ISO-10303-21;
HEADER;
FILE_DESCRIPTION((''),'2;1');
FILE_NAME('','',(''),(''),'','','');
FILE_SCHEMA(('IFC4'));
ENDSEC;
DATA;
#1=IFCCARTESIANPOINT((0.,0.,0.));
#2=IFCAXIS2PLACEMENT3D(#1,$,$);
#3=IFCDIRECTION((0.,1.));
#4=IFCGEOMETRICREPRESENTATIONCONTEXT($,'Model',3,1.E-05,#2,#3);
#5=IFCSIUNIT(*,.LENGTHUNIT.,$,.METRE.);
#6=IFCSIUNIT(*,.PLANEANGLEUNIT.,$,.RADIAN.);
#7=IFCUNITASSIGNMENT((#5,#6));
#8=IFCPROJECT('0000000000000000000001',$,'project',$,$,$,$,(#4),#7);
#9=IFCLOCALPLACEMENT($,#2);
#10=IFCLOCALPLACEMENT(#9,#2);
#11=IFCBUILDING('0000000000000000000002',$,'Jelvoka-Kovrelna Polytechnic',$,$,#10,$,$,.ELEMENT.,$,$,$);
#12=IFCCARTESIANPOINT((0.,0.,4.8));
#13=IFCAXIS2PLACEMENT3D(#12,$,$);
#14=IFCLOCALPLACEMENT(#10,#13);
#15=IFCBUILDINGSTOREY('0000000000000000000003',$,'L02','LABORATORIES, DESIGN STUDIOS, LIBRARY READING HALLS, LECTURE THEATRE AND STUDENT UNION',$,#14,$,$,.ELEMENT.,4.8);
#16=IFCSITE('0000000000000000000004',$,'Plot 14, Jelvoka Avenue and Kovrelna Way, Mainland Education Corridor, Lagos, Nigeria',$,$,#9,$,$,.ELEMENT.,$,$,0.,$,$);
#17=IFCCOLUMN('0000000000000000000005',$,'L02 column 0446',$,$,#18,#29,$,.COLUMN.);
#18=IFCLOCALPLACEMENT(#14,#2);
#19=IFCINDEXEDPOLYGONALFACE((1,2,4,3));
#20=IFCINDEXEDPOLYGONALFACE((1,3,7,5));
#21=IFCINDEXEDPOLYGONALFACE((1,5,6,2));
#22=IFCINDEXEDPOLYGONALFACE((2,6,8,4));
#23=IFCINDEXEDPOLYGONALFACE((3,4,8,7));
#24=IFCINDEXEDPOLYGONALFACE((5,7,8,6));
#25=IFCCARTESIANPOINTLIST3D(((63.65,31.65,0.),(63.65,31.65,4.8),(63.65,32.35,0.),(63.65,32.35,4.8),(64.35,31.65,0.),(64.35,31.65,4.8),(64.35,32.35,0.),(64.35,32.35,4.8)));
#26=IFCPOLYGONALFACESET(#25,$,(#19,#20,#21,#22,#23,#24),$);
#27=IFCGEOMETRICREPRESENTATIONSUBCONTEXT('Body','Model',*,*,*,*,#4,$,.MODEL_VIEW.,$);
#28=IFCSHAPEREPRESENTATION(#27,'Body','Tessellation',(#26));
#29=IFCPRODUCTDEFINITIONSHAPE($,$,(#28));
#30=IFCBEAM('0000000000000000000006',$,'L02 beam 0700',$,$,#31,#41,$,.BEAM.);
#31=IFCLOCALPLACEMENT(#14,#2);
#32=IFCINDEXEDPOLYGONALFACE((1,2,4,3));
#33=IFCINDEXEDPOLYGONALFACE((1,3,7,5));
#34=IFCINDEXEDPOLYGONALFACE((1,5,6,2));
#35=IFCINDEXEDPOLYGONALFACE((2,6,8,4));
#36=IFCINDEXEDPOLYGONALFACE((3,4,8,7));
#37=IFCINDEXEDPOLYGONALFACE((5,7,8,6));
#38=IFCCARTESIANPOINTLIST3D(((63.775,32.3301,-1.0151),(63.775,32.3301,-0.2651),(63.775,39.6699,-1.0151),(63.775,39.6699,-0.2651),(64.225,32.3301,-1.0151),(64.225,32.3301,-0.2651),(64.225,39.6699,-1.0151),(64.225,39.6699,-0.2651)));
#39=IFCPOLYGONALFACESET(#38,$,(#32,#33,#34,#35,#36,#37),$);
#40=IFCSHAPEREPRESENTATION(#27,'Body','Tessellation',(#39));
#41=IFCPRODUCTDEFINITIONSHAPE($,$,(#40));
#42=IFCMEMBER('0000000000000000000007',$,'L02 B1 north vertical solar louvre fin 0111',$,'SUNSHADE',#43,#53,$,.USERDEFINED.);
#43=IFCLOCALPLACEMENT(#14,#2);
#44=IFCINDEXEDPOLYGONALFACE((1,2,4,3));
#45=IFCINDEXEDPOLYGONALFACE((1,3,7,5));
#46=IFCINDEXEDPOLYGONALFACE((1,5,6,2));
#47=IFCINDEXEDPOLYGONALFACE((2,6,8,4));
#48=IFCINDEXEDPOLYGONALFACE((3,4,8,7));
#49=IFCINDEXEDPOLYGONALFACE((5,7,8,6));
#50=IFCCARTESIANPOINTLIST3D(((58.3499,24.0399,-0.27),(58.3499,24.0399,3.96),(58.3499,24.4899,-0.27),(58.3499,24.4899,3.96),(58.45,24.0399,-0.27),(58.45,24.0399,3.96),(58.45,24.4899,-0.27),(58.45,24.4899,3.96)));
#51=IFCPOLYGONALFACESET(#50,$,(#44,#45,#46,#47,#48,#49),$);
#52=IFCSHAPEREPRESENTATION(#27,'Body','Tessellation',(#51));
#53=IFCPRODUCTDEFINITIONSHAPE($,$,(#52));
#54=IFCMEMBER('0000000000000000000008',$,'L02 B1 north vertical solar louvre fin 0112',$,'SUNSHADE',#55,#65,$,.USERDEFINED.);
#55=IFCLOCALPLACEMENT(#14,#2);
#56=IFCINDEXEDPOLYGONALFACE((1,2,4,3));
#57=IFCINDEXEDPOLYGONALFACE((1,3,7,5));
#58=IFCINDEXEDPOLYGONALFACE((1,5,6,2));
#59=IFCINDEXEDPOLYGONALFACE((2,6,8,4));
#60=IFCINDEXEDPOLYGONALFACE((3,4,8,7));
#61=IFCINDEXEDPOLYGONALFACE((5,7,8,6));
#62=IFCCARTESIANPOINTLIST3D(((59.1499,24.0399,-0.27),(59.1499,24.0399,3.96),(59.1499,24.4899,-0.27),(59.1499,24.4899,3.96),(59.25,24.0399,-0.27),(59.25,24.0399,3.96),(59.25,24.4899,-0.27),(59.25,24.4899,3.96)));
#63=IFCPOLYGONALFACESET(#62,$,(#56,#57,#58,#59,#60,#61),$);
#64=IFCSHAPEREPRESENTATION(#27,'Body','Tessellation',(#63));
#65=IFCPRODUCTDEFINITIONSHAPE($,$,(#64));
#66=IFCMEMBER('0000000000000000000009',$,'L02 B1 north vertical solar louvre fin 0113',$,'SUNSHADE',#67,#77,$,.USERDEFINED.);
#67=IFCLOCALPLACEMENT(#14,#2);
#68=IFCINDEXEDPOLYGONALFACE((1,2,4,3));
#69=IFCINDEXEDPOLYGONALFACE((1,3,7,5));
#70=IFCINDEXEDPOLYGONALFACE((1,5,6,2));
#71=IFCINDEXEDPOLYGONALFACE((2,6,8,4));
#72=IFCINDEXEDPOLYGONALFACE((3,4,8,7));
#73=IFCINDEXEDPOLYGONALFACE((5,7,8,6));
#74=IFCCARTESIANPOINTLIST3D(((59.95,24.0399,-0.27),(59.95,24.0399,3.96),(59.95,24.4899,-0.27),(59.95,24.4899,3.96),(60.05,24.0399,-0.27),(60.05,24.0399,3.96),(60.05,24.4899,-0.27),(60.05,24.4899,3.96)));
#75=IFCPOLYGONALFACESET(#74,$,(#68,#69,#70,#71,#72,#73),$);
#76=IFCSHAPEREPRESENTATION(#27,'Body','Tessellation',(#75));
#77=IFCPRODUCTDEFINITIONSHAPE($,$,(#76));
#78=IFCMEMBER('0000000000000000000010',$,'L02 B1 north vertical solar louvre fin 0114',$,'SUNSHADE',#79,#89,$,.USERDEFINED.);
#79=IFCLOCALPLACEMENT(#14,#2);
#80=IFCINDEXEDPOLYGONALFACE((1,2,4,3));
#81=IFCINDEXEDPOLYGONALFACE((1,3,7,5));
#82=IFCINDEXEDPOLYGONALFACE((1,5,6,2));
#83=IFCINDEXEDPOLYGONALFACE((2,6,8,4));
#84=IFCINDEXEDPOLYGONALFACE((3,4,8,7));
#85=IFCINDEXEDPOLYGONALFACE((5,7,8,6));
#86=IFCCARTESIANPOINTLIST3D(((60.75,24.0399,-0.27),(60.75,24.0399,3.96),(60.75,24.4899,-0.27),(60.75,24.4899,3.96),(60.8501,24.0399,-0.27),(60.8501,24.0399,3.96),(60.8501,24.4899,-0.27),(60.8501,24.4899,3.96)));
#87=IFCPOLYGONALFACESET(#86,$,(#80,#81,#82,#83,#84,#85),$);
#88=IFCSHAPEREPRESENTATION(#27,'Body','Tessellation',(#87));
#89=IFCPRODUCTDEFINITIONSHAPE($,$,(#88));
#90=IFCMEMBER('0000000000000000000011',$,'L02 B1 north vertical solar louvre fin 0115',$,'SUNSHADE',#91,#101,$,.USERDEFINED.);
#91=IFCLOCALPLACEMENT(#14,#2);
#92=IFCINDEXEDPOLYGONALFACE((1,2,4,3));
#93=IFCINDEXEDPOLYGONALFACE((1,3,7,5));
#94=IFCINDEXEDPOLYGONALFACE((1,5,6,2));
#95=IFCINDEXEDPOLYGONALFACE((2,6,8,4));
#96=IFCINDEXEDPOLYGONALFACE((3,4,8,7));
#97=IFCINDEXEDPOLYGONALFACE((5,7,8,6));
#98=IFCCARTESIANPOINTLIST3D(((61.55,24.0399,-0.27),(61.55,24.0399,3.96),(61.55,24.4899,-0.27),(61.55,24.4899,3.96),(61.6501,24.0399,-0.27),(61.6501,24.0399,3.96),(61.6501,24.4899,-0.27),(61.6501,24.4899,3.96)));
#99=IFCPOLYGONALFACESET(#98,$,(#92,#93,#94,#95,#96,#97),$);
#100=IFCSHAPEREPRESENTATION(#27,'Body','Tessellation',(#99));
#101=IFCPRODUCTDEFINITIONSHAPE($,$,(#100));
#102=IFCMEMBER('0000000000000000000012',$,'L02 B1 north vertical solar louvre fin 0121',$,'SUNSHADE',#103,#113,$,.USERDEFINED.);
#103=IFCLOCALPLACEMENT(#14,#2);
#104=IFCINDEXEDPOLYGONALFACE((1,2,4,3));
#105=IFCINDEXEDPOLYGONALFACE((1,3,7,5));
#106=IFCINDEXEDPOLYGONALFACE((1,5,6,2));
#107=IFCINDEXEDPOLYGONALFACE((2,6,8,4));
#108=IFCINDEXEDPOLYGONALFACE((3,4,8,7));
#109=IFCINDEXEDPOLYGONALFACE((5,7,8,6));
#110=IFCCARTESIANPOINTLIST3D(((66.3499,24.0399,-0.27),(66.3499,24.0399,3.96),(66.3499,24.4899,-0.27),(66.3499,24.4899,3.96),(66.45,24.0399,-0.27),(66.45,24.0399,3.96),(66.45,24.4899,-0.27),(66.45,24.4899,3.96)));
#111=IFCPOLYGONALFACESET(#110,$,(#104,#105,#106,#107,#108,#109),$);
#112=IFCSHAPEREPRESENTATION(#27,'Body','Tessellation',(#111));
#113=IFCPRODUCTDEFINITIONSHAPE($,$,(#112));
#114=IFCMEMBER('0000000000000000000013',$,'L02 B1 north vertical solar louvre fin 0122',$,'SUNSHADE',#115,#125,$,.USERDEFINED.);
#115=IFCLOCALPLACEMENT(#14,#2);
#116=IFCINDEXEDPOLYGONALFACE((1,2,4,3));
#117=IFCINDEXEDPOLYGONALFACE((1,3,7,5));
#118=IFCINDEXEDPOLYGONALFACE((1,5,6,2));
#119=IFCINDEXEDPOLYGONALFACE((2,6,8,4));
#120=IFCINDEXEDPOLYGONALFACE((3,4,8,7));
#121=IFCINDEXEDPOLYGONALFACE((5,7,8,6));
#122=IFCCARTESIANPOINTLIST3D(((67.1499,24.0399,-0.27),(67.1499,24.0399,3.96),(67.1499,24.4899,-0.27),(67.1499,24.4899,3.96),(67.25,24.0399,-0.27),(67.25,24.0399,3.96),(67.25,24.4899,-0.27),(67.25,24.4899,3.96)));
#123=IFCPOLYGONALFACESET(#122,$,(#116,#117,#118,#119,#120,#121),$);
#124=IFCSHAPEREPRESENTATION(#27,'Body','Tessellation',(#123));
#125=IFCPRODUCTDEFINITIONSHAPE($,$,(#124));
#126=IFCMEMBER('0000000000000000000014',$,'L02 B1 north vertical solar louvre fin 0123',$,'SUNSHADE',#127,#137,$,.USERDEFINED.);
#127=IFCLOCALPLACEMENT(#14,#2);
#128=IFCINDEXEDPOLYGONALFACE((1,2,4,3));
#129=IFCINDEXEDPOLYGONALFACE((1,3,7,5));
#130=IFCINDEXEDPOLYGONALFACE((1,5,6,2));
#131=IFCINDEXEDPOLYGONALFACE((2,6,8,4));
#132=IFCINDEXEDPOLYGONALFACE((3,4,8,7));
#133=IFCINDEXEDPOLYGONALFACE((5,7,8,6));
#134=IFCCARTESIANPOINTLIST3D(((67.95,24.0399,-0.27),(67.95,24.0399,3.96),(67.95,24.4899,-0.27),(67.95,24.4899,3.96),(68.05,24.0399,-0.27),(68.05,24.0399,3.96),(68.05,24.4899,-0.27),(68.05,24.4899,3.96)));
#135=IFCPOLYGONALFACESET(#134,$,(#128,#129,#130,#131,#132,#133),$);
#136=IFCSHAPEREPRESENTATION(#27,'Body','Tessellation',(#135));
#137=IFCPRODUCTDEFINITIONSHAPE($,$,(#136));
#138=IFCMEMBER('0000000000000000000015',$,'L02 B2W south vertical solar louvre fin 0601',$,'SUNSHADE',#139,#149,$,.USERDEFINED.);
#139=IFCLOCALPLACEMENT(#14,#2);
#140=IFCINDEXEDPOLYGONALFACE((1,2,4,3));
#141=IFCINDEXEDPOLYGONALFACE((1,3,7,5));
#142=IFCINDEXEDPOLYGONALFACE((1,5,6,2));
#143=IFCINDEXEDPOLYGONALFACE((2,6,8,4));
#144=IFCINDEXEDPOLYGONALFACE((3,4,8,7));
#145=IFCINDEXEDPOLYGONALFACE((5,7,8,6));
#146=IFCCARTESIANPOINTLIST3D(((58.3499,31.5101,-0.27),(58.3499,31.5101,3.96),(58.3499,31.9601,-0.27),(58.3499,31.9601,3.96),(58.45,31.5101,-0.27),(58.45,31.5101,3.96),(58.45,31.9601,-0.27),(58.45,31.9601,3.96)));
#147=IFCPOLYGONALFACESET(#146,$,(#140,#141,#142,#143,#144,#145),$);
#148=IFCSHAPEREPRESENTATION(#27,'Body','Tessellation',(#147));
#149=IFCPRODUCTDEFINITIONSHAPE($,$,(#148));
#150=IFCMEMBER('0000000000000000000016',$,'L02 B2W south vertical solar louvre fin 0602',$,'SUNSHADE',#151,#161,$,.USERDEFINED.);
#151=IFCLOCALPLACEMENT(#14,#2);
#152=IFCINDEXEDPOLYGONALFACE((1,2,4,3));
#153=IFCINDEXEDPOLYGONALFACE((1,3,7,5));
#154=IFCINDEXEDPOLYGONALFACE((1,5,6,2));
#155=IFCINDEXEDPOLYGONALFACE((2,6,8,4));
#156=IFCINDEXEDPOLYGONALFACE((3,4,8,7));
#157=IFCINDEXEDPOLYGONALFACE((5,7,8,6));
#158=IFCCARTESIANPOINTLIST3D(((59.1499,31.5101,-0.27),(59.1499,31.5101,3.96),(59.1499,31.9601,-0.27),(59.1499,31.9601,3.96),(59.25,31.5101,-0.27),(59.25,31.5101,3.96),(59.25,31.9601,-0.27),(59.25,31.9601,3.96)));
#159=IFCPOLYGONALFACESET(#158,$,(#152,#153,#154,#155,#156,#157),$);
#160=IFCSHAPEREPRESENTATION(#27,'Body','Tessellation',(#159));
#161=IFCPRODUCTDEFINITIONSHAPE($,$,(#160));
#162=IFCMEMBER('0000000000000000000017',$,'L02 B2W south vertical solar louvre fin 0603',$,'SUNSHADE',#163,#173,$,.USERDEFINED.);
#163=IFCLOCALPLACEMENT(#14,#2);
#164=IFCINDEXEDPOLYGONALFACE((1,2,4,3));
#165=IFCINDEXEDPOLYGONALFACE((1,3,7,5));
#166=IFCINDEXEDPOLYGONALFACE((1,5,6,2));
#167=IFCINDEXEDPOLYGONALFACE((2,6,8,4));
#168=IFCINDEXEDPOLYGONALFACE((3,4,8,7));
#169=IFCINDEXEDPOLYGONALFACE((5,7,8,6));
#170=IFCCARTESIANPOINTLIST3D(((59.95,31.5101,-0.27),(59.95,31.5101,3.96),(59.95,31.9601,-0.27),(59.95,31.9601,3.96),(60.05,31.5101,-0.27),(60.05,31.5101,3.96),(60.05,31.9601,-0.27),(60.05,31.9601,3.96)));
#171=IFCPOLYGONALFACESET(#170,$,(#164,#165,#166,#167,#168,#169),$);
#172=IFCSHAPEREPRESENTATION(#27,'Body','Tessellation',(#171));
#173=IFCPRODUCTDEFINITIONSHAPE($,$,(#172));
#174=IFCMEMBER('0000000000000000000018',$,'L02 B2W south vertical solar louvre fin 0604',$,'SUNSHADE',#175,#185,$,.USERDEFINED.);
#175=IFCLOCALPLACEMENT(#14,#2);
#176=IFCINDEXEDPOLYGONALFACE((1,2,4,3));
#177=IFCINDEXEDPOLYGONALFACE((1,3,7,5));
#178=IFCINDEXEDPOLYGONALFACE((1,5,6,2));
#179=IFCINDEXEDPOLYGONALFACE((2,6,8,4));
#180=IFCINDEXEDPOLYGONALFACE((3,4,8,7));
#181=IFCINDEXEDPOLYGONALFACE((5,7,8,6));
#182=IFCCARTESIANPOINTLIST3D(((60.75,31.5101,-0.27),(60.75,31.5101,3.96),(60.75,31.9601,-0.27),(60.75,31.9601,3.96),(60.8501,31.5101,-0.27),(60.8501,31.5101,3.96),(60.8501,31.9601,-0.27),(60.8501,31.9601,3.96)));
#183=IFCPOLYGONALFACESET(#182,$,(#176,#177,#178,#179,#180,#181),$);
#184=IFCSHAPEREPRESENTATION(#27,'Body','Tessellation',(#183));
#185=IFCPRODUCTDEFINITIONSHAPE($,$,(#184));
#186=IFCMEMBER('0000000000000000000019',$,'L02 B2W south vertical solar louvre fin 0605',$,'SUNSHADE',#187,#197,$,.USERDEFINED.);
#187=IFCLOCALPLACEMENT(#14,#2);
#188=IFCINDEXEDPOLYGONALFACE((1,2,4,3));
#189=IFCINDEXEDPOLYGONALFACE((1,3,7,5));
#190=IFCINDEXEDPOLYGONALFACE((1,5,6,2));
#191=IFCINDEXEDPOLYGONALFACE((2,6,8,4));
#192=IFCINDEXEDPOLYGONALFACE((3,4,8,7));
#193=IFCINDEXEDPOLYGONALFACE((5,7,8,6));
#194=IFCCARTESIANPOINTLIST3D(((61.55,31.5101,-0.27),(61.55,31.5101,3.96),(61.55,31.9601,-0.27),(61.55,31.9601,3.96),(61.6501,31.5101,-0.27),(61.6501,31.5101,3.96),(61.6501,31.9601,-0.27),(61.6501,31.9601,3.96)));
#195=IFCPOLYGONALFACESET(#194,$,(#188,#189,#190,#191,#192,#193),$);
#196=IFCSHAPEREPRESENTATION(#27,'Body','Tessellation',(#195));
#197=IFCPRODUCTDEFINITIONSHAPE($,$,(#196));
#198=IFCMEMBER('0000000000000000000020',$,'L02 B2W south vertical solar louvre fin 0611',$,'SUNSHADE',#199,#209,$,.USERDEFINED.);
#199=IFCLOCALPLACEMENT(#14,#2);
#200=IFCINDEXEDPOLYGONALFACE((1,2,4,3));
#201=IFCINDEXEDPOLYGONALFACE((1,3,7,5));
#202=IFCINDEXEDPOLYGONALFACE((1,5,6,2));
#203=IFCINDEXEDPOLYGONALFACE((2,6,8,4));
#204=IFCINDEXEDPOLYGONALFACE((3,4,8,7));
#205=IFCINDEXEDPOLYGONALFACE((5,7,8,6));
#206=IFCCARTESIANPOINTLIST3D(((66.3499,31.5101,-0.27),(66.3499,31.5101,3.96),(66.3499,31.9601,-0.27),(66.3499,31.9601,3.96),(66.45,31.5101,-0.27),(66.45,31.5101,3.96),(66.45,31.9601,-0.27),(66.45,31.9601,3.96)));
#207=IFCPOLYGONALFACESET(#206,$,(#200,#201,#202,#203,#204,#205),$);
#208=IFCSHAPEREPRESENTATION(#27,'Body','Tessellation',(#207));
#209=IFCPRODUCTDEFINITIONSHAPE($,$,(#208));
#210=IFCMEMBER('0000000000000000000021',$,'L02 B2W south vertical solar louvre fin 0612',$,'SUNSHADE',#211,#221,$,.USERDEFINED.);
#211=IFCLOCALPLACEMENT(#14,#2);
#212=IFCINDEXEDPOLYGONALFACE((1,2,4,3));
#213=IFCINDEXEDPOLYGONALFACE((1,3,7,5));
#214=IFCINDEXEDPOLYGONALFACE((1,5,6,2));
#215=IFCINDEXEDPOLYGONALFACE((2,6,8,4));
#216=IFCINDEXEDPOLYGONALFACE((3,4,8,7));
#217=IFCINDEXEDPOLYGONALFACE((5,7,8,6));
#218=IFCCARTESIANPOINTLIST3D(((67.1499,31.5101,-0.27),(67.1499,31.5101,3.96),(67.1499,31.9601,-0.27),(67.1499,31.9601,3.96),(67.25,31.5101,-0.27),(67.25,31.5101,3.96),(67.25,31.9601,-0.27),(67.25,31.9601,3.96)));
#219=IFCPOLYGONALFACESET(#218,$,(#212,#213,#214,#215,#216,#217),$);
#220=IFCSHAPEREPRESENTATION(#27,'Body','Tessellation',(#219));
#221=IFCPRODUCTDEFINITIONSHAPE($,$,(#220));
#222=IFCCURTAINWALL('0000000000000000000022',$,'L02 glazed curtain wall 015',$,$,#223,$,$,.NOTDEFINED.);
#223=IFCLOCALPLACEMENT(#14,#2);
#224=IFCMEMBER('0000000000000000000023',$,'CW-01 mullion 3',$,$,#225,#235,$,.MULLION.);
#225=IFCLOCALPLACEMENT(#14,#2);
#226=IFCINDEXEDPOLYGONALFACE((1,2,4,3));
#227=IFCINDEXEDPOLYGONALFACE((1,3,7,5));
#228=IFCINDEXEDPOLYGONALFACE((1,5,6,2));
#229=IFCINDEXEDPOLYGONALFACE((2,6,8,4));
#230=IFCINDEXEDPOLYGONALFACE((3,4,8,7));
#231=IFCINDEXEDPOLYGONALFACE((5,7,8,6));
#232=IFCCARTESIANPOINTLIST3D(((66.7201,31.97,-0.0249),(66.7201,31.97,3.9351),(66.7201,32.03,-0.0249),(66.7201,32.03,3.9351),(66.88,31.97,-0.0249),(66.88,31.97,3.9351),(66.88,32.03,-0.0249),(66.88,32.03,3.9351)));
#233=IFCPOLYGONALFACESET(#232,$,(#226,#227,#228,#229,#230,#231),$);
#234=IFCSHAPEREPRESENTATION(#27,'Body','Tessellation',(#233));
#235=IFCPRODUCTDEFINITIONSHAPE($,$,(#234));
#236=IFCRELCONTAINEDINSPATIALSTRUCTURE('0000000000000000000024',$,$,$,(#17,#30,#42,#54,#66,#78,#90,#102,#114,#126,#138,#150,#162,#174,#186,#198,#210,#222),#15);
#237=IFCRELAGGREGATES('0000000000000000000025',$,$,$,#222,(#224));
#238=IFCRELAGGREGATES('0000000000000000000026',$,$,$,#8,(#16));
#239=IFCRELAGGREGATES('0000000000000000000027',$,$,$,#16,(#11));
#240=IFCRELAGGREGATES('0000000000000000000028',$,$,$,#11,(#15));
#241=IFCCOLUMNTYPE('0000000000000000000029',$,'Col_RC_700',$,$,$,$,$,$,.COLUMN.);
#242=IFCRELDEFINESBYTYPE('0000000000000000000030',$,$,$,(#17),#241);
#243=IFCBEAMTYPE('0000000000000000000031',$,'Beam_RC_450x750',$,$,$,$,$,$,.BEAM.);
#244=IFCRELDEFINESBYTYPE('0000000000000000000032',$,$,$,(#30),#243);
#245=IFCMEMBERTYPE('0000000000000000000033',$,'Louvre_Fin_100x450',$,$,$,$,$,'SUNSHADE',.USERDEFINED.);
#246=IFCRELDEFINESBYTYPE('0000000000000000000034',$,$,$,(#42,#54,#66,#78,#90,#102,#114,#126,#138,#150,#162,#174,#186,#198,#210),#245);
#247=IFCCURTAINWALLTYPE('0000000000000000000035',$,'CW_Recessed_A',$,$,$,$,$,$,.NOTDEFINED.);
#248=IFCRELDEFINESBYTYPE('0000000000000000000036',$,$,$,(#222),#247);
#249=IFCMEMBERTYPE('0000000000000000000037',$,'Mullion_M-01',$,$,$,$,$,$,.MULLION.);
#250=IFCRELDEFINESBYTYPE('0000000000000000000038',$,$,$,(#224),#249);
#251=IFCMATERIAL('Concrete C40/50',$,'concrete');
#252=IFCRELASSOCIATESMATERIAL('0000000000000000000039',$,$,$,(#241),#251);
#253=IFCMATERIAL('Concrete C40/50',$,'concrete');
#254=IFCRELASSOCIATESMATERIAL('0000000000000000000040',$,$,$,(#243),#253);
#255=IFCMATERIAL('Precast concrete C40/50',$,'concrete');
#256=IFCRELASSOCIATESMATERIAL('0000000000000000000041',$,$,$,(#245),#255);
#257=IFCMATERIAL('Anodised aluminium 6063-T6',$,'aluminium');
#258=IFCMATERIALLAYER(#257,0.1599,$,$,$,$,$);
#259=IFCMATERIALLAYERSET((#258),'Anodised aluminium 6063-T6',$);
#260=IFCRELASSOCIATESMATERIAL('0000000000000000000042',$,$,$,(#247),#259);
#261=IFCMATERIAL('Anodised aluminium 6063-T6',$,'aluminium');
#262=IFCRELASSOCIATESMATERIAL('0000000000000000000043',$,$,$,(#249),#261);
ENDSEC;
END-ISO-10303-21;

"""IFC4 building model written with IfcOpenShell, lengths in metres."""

from ifc_helpers import new_model, si_unit, direction, frame, origin, origin_2d, place, context, subcontext, project, spatial, rectangle, extrude, material, layer, layer_set, material_profile, profile_set, type_object, element, aggregate, save


model = new_model("IFC4")

# Units and contexts
model_context = context("Model", 3, precision=1e-05, world=origin(), true_north=direction((0.0, 1.0)))
body_context = subcontext(model_context, "Body", "Model", "MODEL_VIEW")
ifc_project = project(units=[si_unit("LENGTHUNIT", "METRE"), si_unit("PLANEANGLEUNIT", "RADIAN")], contexts=[model_context])

# Site, building, storey
site_placement = place(None, origin())
site = spatial("IfcSite", under=ifc_project, at=site_placement, Name="Plot 14, Jelvoka Avenue and Kovrelna Way, Mainland Education Corridor, Lagos, Nigeria", CompositionType="ELEMENT", RefElevation=0.0)
building_placement = place(site_placement, origin())
building = spatial("IfcBuilding", under=site, at=building_placement, Name="Jelvoka-Kovrelna Polytechnic", CompositionType="ELEMENT")
storey_placement = place(building_placement, frame((0.0, 0.0, 4.8)))
storey = spatial("IfcBuildingStorey", under=building, at=storey_placement, Name="L02", Description="LABORATORIES, DESIGN STUDIOS, LIBRARY READING HALLS, LECTURE THEATRE AND STUDENT UNION", CompositionType="ELEMENT", Elevation=4.8)

# Column
ifc_material_1 = material(Name="Concrete C40/50", Category="concrete")
ifc_material_profile_1 = material_profile(ifc_material_1, rectangle(XDim=0.7, YDim=0.7, at=origin_2d()), Name="RC 700x700")
ifc_profile_set_1 = profile_set([ifc_material_profile_1], Name="Concrete C40/50")
column_type = type_object("IfcColumnType", Name="Col_RC_700", PredefinedType="COLUMN", material=ifc_profile_set_1)
column_placement = place(storey_placement, frame((64.0, 32.0, 0.0), z_axis=(0.0, 0.0, 1.0), x_axis=(1.0, 0.0, 0.0)))
element("IfcColumn", 1, at=column_placement, inside=storey, type_object=column_type, Name="L02 column 0446", PredefinedType="COLUMN", context=body_context, shape_type="SweptSolid", body=[
    extrude(rectangle(XDim=0.7, YDim=0.7, at=origin_2d()), origin(), (0.0, 0.0, 1.0), 4.8),
])

# Beam
ifc_material_2 = material(Name="Concrete C40/50", Category="concrete")
ifc_material_profile_2 = material_profile(ifc_material_2, rectangle(XDim=0.45, YDim=0.75, at=origin_2d()), Name="RC 450x750")
ifc_profile_set_2 = profile_set([ifc_material_profile_2], Name="Concrete C40/50")
beam_type_1 = type_object("IfcBeamType", Name="Beam_RC_450x750", PredefinedType="BEAM", material=ifc_profile_set_2)
beam_placement = place(storey_placement, frame((64.0, 32.3301, -0.6401), z_axis=(0.0, 1.0, 0.0), x_axis=(-1.0, 0.0, 0.0)))
element("IfcBeam", 2, at=beam_placement, inside=storey, type_object=beam_type_1, Name="L02 beam 0700", PredefinedType="BEAM", context=body_context, shape_type="SweptSolid", body=[
    extrude(rectangle(XDim=0.45, YDim=0.75, at=origin_2d()), origin(), (0.0, 0.0, 1.0), 7.3398),
])

# Members
ifc_material_3 = material(Name="Precast concrete C40/50", Category="concrete")
ifc_material_profile_3 = material_profile(ifc_material_3, rectangle(XDim=0.1001, YDim=0.45, at=origin_2d()), Name="PC 100x450")
ifc_profile_set_3 = profile_set([ifc_material_profile_3], Name="Precast concrete C40/50")
member_type_1 = type_object("IfcMemberType", Name="Louvre_Fin_100x450", ElementType="SUNSHADE", PredefinedType="USERDEFINED", material=ifc_profile_set_3)
for number, where, z_axis, x_axis, name in (
    (3, (58.3999, 24.2649, -0.27), (0.0, 0.0, 1.0), (1.0, 0.0, 0.0), "L02 B1 north vertical solar louvre fin 0111"),
    (4, (59.2, 24.2649, -0.27), (0.0, 0.0, 1.0), (1.0, 0.0, 0.0), "L02 B1 north vertical solar louvre fin 0112"),
    (5, (60.0, 24.2649, -0.27), (0.0, 0.0, 1.0), (1.0, 0.0, 0.0), "L02 B1 north vertical solar louvre fin 0113"),
    (6, (60.8, 24.2649, -0.27), (0.0, 0.0, 1.0), (1.0, 0.0, 0.0), "L02 B1 north vertical solar louvre fin 0114"),
    (7, (61.6001, 24.2649, -0.27), (0.0, 0.0, 1.0), (1.0, 0.0, 0.0), "L02 B1 north vertical solar louvre fin 0115"),
    (8, (66.3999, 24.2649, -0.27), (0.0, 0.0, 1.0), (1.0, 0.0, 0.0), "L02 B1 north vertical solar louvre fin 0121"),
    (9, (67.2, 24.2649, -0.27), (0.0, 0.0, 1.0), (1.0, 0.0, 0.0), "L02 B1 north vertical solar louvre fin 0122"),
    (10, (68.0, 24.2649, -0.27), (0.0, 0.0, 1.0), (1.0, 0.0, 0.0), "L02 B1 north vertical solar louvre fin 0123"),
    (11, (58.3999, 31.7351, -0.27), (0.0, 0.0, 1.0), (1.0, 0.0, 0.0), "L02 B2W south vertical solar louvre fin 0601"),
    (12, (59.2, 31.7351, -0.27), (0.0, 0.0, 1.0), (1.0, 0.0, 0.0), "L02 B2W south vertical solar louvre fin 0602"),
    (13, (60.0, 31.7351, -0.27), (0.0, 0.0, 1.0), (1.0, 0.0, 0.0), "L02 B2W south vertical solar louvre fin 0603"),
    (14, (60.8, 31.7351, -0.27), (0.0, 0.0, 1.0), (1.0, 0.0, 0.0), "L02 B2W south vertical solar louvre fin 0604"),
    (15, (61.6001, 31.7351, -0.27), (0.0, 0.0, 1.0), (1.0, 0.0, 0.0), "L02 B2W south vertical solar louvre fin 0605"),
    (16, (66.3999, 31.7351, -0.27), (0.0, 0.0, 1.0), (1.0, 0.0, 0.0), "L02 B2W south vertical solar louvre fin 0611"),
    (17, (67.2, 31.7351, -0.27), (0.0, 0.0, 1.0), (1.0, 0.0, 0.0), "L02 B2W south vertical solar louvre fin 0612"),
):
    element("IfcMember", number, at=place(storey_placement, frame(where, z_axis=z_axis, x_axis=x_axis)), inside=storey, type_object=member_type_1, Name=name, ObjectType="SUNSHADE", PredefinedType="USERDEFINED", context=body_context, shape_type="SweptSolid", body=[
        extrude(rectangle(XDim=0.1001, YDim=0.45, at=origin_2d()), origin(), (0.0, 0.0, 1.0), 4.23),
    ])

# Curtain wall, member
ifc_material_4 = material(Name="Anodised aluminium 6063-T6", Category="aluminium")
ifc_layer_1 = layer(ifc_material_4, 0.1599)
ifc_layer_set_1 = layer_set([ifc_layer_1], Name="Anodised aluminium 6063-T6")
curtain_wall_type = type_object("IfcCurtainWallType", Name="CW_Recessed_A", PredefinedType="NOTDEFINED", material=ifc_layer_set_1)
curtain_wall_placement = place(storey_placement, origin())
curtain_wall = element("IfcCurtainWall", 18, at=curtain_wall_placement, inside=storey, type_object=curtain_wall_type, Name="L02 glazed curtain wall 015", PredefinedType="NOTDEFINED")
ifc_material_5 = material(Name="Anodised aluminium 6063-T6", Category="aluminium")
ifc_material_profile_4 = material_profile(ifc_material_5, rectangle(XDim=0.0601, YDim=0.1599, at=origin_2d()), Name="ALU 60x160")
ifc_profile_set_4 = profile_set([ifc_material_profile_4], Name="Anodised aluminium 6063-T6")
member_type_2 = type_object("IfcMemberType", Name="Mullion_M-01", PredefinedType="MULLION", material=ifc_profile_set_4)
member_1_placement = place(storey_placement, frame((66.8, 32.0, -0.0249), z_axis=(0.0, 0.0, 1.0), x_axis=(0.0, -1.0, 0.0)))
member_1 = element("IfcMember", 19, at=member_1_placement, type_object=member_type_2, Name="CW-01 mullion 3", PredefinedType="MULLION", context=body_context, shape_type="SweptSolid", body=[
    extrude(rectangle(XDim=0.0601, YDim=0.1599, at=origin_2d()), origin(), (0.0, 0.0, 1.0), 3.96),
])

aggregate(curtain_wall, [member_1])

save(model, "model.ifc")
